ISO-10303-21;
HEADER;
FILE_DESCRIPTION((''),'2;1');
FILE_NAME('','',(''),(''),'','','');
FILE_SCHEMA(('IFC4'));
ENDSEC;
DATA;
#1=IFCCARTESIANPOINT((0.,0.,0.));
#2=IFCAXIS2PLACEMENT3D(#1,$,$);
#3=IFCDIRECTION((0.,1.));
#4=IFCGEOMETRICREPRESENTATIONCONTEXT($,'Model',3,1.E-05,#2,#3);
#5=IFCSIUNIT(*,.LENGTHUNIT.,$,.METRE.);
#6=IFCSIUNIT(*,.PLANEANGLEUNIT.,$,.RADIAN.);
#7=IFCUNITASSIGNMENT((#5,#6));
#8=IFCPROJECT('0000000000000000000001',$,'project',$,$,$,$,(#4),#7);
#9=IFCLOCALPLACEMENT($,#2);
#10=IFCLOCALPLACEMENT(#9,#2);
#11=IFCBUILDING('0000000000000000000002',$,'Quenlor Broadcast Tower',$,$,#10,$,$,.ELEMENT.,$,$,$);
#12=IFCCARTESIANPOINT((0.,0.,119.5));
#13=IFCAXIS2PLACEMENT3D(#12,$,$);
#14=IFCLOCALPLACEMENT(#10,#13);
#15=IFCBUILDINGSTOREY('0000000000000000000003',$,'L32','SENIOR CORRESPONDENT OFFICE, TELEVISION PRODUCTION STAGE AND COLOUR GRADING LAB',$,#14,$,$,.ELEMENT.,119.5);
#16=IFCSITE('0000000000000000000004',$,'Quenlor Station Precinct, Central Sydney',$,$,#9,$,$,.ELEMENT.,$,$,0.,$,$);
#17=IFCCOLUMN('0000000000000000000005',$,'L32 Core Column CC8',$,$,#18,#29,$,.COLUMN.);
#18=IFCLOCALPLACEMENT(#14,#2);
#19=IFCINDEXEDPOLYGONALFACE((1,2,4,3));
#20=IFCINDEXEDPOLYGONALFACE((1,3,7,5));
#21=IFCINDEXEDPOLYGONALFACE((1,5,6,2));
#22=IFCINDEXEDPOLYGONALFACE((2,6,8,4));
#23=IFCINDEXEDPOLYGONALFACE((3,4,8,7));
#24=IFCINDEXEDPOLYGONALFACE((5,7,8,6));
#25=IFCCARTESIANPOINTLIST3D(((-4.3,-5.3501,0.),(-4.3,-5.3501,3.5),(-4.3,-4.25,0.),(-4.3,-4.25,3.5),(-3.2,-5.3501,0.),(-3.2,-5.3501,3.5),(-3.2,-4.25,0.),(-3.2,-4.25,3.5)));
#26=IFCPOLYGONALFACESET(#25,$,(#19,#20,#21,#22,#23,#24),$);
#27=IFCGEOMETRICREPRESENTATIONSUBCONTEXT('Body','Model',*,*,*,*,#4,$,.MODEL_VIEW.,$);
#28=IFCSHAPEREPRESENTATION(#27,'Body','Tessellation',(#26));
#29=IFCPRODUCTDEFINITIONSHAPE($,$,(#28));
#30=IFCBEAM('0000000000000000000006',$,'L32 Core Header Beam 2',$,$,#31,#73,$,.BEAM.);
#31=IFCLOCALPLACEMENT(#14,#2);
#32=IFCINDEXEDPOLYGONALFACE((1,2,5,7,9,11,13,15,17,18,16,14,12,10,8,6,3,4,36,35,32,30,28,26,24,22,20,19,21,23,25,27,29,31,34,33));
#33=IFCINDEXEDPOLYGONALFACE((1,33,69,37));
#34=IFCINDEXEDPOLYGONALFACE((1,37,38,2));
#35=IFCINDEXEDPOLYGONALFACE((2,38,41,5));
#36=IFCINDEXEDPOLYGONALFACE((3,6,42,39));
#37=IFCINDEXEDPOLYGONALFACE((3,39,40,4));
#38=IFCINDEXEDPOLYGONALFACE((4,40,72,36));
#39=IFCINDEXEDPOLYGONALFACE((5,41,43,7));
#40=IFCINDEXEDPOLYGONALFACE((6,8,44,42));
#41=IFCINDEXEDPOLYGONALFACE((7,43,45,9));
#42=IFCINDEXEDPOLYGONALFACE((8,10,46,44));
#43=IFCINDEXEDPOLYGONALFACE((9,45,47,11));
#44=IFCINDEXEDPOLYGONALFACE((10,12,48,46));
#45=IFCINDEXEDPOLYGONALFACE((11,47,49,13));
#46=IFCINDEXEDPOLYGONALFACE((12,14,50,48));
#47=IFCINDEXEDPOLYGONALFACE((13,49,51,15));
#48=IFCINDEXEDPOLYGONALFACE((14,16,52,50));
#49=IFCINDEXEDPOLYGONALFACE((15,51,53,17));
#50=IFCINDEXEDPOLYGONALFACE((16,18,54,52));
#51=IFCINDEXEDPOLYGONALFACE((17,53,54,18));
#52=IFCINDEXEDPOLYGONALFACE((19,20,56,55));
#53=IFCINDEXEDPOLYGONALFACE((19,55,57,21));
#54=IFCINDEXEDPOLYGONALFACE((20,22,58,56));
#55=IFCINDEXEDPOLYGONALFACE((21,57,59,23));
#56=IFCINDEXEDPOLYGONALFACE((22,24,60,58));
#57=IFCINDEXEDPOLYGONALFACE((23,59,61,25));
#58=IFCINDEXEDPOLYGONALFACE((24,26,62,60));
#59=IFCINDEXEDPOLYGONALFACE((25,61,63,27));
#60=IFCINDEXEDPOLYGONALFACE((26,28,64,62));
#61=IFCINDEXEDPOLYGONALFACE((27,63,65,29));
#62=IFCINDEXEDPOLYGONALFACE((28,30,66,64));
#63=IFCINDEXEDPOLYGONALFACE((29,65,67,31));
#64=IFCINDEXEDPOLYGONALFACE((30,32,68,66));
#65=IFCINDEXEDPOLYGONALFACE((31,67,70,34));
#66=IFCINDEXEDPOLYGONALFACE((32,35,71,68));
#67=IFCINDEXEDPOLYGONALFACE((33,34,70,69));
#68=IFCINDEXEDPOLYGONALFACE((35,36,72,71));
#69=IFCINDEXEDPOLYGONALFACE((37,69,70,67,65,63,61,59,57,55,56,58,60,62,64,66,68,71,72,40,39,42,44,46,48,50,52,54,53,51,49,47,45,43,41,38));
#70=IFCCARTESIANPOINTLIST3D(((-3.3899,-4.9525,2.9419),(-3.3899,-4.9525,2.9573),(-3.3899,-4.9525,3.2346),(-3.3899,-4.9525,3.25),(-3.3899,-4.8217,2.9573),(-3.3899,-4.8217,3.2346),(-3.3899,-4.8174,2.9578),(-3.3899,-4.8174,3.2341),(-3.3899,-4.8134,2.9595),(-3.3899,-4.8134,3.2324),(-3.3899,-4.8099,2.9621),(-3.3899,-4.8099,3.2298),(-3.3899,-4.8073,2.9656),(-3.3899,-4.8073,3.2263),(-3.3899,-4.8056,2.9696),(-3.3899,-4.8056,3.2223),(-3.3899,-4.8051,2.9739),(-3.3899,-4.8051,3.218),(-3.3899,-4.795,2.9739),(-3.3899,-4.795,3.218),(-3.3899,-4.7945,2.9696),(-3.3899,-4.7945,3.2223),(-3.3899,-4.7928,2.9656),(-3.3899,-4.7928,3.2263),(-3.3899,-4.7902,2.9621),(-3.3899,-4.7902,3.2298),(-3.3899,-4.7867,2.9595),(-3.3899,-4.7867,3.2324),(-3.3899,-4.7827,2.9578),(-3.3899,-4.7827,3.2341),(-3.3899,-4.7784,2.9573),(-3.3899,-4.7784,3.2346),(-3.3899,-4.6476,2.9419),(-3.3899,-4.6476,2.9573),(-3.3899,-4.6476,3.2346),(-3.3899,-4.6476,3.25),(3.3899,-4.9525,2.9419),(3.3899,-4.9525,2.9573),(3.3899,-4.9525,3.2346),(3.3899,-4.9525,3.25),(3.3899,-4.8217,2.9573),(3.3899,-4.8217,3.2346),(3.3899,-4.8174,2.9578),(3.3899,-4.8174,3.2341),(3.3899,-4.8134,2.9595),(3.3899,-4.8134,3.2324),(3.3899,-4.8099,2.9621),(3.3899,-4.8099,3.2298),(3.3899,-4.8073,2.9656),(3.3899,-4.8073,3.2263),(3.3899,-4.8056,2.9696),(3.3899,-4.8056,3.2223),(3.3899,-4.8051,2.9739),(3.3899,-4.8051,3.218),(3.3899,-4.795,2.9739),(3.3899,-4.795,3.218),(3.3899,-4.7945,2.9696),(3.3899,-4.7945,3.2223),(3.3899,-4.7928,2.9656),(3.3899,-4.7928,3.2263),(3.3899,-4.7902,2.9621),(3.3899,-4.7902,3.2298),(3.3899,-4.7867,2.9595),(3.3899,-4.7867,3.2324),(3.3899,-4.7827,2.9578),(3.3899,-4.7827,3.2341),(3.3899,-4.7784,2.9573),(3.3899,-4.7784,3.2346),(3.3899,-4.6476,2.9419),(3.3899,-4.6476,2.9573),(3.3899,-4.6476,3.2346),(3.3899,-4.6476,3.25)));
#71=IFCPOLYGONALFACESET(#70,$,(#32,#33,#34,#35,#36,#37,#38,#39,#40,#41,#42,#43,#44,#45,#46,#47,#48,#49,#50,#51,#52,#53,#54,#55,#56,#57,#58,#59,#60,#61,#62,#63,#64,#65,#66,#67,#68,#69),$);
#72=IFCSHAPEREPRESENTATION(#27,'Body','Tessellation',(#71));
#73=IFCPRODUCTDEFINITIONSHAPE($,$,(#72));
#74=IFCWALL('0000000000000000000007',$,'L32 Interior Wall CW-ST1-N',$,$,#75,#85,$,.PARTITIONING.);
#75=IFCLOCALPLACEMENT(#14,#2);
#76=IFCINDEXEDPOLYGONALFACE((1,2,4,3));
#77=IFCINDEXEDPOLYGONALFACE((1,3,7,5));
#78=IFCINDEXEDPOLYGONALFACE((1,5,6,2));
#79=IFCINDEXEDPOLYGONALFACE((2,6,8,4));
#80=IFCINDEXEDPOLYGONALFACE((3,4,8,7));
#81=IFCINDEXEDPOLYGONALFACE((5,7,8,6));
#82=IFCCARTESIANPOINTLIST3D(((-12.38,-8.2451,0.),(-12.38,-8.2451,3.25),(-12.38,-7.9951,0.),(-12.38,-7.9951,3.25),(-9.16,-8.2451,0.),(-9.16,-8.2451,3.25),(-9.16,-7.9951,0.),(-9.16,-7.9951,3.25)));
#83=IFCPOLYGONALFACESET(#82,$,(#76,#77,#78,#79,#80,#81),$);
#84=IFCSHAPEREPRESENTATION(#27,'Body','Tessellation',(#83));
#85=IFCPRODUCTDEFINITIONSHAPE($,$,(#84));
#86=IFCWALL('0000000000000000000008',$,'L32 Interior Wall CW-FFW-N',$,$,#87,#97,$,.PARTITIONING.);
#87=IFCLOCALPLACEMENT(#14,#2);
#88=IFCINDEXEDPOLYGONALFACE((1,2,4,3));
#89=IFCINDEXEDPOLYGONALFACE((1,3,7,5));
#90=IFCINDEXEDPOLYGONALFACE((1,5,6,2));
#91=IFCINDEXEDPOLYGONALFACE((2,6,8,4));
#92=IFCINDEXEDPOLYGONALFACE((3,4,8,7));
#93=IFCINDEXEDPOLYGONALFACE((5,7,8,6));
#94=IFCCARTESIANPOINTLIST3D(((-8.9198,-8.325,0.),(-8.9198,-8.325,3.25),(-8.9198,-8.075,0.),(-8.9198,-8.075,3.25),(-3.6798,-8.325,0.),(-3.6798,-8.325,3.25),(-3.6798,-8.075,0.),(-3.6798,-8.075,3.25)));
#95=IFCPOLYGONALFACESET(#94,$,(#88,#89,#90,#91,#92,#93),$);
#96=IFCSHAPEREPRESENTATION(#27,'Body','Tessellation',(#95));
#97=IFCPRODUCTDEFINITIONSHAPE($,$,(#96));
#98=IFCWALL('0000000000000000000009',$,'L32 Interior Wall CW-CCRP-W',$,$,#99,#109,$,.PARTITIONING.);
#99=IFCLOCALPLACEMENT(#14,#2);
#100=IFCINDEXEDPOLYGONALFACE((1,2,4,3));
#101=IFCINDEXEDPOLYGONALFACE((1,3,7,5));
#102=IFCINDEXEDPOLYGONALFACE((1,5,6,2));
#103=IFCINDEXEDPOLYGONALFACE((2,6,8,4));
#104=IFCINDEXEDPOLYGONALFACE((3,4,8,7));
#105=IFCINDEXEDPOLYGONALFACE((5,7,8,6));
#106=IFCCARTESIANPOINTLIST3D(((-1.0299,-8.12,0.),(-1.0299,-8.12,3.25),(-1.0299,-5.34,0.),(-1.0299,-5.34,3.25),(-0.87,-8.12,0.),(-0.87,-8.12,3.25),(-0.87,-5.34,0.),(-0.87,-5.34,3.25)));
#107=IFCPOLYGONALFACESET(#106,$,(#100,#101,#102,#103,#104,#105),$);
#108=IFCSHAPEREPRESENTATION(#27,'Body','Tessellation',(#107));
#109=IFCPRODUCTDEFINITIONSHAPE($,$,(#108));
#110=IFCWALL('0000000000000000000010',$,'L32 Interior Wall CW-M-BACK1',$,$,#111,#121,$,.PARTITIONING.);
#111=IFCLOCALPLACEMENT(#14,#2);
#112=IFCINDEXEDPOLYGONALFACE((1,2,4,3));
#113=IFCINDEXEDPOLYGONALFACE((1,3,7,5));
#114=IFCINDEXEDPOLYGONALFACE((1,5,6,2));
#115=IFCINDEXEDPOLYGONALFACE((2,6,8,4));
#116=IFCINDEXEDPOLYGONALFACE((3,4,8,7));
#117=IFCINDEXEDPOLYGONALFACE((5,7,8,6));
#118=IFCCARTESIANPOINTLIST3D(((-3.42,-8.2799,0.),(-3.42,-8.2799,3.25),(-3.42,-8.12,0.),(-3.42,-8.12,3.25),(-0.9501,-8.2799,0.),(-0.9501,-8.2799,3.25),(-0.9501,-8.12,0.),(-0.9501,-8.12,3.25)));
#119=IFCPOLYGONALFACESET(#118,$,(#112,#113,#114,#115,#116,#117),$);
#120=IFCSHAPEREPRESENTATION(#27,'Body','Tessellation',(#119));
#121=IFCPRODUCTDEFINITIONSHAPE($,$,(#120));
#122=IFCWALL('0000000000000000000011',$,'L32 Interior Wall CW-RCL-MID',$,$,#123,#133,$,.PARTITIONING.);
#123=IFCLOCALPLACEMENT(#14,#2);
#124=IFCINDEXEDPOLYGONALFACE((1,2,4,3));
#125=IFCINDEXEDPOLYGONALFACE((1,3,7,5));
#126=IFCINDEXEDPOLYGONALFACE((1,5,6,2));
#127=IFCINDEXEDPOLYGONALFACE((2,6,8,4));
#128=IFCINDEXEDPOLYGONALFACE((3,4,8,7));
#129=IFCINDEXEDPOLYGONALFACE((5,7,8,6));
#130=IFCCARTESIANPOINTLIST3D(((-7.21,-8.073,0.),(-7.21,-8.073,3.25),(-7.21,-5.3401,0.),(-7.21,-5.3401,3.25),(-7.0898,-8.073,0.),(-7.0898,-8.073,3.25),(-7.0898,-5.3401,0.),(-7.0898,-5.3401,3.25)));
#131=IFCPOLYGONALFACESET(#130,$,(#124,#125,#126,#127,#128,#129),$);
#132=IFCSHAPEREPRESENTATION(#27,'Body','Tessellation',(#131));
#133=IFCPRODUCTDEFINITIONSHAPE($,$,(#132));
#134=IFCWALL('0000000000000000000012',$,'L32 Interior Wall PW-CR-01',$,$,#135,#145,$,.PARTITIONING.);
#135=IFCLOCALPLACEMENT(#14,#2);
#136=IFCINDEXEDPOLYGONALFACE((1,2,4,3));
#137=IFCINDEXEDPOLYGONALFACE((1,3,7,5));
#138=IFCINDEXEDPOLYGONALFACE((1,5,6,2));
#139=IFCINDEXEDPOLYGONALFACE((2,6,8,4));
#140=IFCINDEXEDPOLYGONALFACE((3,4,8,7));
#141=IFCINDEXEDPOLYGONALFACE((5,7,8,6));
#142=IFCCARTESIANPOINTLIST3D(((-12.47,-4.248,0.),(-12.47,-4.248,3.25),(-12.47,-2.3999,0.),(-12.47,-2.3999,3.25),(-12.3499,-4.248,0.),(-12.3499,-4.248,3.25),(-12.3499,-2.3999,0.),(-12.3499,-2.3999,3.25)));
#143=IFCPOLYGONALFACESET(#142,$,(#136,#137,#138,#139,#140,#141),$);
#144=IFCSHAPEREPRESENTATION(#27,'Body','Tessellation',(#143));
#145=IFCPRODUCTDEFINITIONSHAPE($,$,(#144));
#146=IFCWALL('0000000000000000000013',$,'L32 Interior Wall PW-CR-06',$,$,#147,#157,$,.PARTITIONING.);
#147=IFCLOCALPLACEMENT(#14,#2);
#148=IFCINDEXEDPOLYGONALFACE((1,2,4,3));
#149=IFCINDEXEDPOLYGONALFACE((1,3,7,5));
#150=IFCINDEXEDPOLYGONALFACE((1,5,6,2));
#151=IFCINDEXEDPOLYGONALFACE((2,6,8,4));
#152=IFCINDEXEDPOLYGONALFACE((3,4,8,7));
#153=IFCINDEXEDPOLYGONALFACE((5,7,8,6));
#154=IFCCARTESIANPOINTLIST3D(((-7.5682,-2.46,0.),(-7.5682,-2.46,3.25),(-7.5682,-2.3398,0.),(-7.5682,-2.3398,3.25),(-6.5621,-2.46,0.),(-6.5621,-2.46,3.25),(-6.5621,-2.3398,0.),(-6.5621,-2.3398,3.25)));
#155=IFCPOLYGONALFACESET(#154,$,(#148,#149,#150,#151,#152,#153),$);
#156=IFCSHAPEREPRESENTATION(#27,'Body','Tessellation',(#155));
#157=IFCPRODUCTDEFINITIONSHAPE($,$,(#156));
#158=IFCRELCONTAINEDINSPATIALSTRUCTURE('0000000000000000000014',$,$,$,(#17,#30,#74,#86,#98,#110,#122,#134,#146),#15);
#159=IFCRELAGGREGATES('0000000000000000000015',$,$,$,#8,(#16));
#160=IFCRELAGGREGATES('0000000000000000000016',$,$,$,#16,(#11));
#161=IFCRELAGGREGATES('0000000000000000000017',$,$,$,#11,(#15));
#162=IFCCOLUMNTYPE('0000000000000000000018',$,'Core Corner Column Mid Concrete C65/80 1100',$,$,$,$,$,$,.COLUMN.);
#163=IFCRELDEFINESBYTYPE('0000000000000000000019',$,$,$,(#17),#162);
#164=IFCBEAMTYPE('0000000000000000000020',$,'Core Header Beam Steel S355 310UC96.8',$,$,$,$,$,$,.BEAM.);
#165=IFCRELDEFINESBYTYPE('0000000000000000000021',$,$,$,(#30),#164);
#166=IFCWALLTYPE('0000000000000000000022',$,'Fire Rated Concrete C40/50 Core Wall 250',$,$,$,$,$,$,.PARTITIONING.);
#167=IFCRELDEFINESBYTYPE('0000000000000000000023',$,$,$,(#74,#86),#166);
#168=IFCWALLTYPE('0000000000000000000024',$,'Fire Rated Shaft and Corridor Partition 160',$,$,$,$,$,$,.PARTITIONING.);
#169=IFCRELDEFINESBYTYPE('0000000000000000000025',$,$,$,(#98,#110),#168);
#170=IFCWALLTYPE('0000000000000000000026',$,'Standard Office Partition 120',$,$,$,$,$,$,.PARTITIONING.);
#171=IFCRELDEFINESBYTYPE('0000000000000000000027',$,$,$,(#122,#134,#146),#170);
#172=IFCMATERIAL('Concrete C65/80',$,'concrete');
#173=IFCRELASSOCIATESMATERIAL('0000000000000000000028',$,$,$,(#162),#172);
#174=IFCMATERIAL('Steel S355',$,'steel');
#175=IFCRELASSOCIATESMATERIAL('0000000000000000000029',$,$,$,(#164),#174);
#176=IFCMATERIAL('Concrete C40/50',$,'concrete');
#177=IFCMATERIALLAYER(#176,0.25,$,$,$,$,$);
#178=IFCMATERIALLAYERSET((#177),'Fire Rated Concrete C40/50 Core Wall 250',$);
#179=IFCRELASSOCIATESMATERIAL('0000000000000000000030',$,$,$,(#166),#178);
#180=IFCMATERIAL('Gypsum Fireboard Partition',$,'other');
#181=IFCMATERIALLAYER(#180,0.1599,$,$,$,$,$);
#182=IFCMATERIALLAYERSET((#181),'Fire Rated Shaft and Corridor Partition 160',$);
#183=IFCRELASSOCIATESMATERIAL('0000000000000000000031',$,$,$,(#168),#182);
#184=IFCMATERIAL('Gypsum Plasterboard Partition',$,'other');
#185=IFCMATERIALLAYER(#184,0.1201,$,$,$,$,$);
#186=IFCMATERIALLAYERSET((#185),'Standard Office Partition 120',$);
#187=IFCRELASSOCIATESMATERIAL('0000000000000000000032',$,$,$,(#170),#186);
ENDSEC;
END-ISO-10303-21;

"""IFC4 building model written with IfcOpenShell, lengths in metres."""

from ifc_helpers import new_model, si_unit, direction, frame, frame_2d, origin, origin_2d, place, context, subcontext, project, spatial, rectangle, i_section, extrude, material, layer, layer_set, material_profile, profile_set, type_object, element, save


model = new_model("IFC4")

# Units and contexts
model_context = context("Model", 3, precision=1e-05, world=origin(), true_north=direction((0.0, 1.0)))
body_context = subcontext(model_context, "Body", "Model", "MODEL_VIEW")
ifc_project = project(units=[si_unit("LENGTHUNIT", "METRE"), si_unit("PLANEANGLEUNIT", "RADIAN")], contexts=[model_context])

# Site, building, storey
site_placement = place(None, origin())
site = spatial("IfcSite", under=ifc_project, at=site_placement, Name="Quenlor Station Precinct, Central Sydney", CompositionType="ELEMENT", RefElevation=0.0)
building_placement = place(site_placement, origin())
building = spatial("IfcBuilding", under=site, at=building_placement, Name="Quenlor Broadcast Tower", CompositionType="ELEMENT")
storey_placement = place(building_placement, frame((0.0, 0.0, 119.5)))
storey = spatial("IfcBuildingStorey", under=building, at=storey_placement, Name="L32", Description="SENIOR CORRESPONDENT OFFICE, TELEVISION PRODUCTION STAGE AND COLOUR GRADING LAB", CompositionType="ELEMENT", Elevation=119.5)

# Column
ifc_material_1 = material(Name="Concrete C65/80", Category="concrete")
ifc_material_profile_1 = material_profile(ifc_material_1, rectangle(XDim=1.1001, YDim=1.1001, at=origin_2d()))
ifc_profile_set_1 = profile_set([ifc_material_profile_1], Name="Concrete C65/80 RC1100x1100")
column_type = type_object("IfcColumnType", Name="Core Corner Column Mid Concrete C65/80 1100", PredefinedType="COLUMN", material=ifc_profile_set_1)
column_placement = place(storey_placement, frame((-3.75, -4.8, 0.0), z_axis=(0.0, 0.0, 1.0), x_axis=(1.0, 0.0, 0.0)))
element("IfcColumn", 1, at=column_placement, inside=storey, type_object=column_type, Name="L32 Core Column CC8", PredefinedType="COLUMN", context=body_context, shape_type="SweptSolid", body=[
    extrude(rectangle(XDim=1.1001, YDim=1.1001, at=origin_2d()), origin(), (0.0, 0.0, 1.0), 3.5),
])

# Beam
ifc_material_2 = material(Name="Steel S355", Category="steel")
ifc_material_profile_2 = material_profile(ifc_material_2, i_section(OverallWidth=0.3049, OverallDepth=0.3081, WebThickness=0.01, FlangeThickness=0.0154, FilletRadius=0.0166, at=origin_2d()))
ifc_profile_set_2 = profile_set([ifc_material_profile_2], Name="Steel S355 310UC96.8")
beam_type = type_object("IfcBeamType", Name="Core Header Beam Steel S355 310UC96.8", PredefinedType="BEAM", material=ifc_profile_set_2)
beam_placement = place(storey_placement, frame((-3.3899, -4.8, 3.0959), z_axis=(1.0, 0.0, 0.0), x_axis=(0.0, 1.0, 0.0)))
element("IfcBeam", 2, at=beam_placement, inside=storey, type_object=beam_type, Name="L32 Core Header Beam 2", PredefinedType="BEAM", context=body_context, shape_type="SweptSolid", body=[
    extrude(i_section(OverallWidth=0.3049, OverallDepth=0.3081, WebThickness=0.01, FlangeThickness=0.0154, FilletRadius=0.0166, at=origin_2d()), origin(), (0.0, 0.0, 1.0), 6.7798),
])

# Walls
ifc_material_3 = material(Name="Concrete C40/50", Category="concrete")
ifc_layer_1 = layer(ifc_material_3, 0.25)
ifc_layer_set_1 = layer_set([ifc_layer_1], Name="Fire Rated Concrete C40/50 Core Wall 250")
wall_type_1 = type_object("IfcWallType", Name="Fire Rated Concrete C40/50 Core Wall 250", PredefinedType="PARTITIONING", material=ifc_layer_set_1)
wall_1_placement = place(storey_placement, frame((-12.3799, -8.1201, 0.0), z_axis=(0.0, 0.0, 1.0), x_axis=(1.0, 0.0, 0.0)))
element("IfcWall", 3, at=wall_1_placement, inside=storey, type_object=wall_type_1, Name="L32 Interior Wall CW-ST1-N", PredefinedType="PARTITIONING", context=body_context, shape_type="SweptSolid", body=[
    extrude(rectangle(XDim=3.22, YDim=0.25, at=frame_2d((1.6099, 0.0))), origin(), (0.0, 0.0, 1.0), 3.25),
])
wall_2_placement = place(storey_placement, frame((-8.9199, -8.2, 0.0), z_axis=(0.0, 0.0, 1.0), x_axis=(1.0, 0.0, 0.0)))
element("IfcWall", 4, at=wall_2_placement, inside=storey, type_object=wall_type_1, Name="L32 Interior Wall CW-FFW-N", PredefinedType="PARTITIONING", context=body_context, shape_type="SweptSolid", body=[
    extrude(rectangle(XDim=5.24, YDim=0.25, at=frame_2d((2.6201, 0.0))), origin(), (0.0, 0.0, 1.0), 3.25),
])

# Walls
ifc_material_4 = material(Name="Gypsum Fireboard Partition", Category="other")
ifc_layer_2 = layer(ifc_material_4, 0.1599)
ifc_layer_set_2 = layer_set([ifc_layer_2], Name="Fire Rated Shaft and Corridor Partition 160")
wall_type_2 = type_object("IfcWallType", Name="Fire Rated Shaft and Corridor Partition 160", PredefinedType="PARTITIONING", material=ifc_layer_set_2)
wall_3_placement = place(storey_placement, frame((-0.95, -8.1201, 0.0), z_axis=(0.0, 0.0, 1.0), x_axis=(0.0, 1.0, 0.0)))
element("IfcWall", 5, at=wall_3_placement, inside=storey, type_object=wall_type_2, Name="L32 Interior Wall CW-CCRP-W", PredefinedType="PARTITIONING", context=body_context, shape_type="SweptSolid", body=[
    extrude(rectangle(XDim=2.78, YDim=0.1599, at=frame_2d((1.3901, 0.0))), origin(), (0.0, 0.0, 1.0), 3.25),
])
wall_4_placement = place(storey_placement, frame((-3.4199, -8.2, 0.0), z_axis=(0.0, 0.0, 1.0), x_axis=(1.0, 0.0, 0.0)))
element("IfcWall", 6, at=wall_4_placement, inside=storey, type_object=wall_type_2, Name="L32 Interior Wall CW-M-BACK1", PredefinedType="PARTITIONING", context=body_context, shape_type="SweptSolid", body=[
    extrude(rectangle(XDim=2.47, YDim=0.1599, at=frame_2d((1.2349, 0.0))), origin(), (0.0, 0.0, 1.0), 3.25),
])
ifc_material_5 = material(Name="Gypsum Plasterboard Partition", Category="other")
ifc_layer_3 = layer(ifc_material_5, 0.1201)
ifc_layer_set_3 = layer_set([ifc_layer_3], Name="Standard Office Partition 120")
wall_type_3 = type_object("IfcWallType", Name="Standard Office Partition 120", PredefinedType="PARTITIONING", material=ifc_layer_set_3)
wall_5_placement = place(storey_placement, frame((-7.1499, -8.073, 0.0), z_axis=(0.0, 0.0, 1.0), x_axis=(0.0, 1.0, 0.0)))
element("IfcWall", 7, at=wall_5_placement, inside=storey, type_object=wall_type_3, Name="L32 Interior Wall CW-RCL-MID", PredefinedType="PARTITIONING", context=body_context, shape_type="SweptSolid", body=[
    extrude(rectangle(XDim=2.7329, YDim=0.1201, at=frame_2d((1.3665, 0.0))), origin(), (0.0, 0.0, 1.0), 3.25),
])

# Wall
wall_6_placement = place(storey_placement, frame((-12.4099, -4.248, 0.0), z_axis=(0.0, 0.0, 1.0), x_axis=(0.0, 1.0, 0.0)))
element("IfcWall", 8, at=wall_6_placement, inside=storey, type_object=wall_type_3, Name="L32 Interior Wall PW-CR-01", PredefinedType="PARTITIONING", context=body_context, shape_type="SweptSolid", body=[
    extrude(rectangle(XDim=1.8481, YDim=0.1201, at=frame_2d((0.9241, 0.0))), origin(), (0.0, 0.0, 1.0), 3.25),
])

# Wall
wall_7_placement = place(storey_placement, frame((-7.5681, -2.3999, 0.0), z_axis=(0.0, 0.0, 1.0), x_axis=(1.0, 0.0, 0.0)))
element("IfcWall", 9, at=wall_7_placement, inside=storey, type_object=wall_type_3, Name="L32 Interior Wall PW-CR-06", PredefinedType="PARTITIONING", context=body_context, shape_type="SweptSolid", body=[
    extrude(rectangle(XDim=1.0061, YDim=0.1201, at=frame_2d((0.5029, 0.0))), origin(), (0.0, 0.0, 1.0), 3.25),
])

save(model, "model.ifc")
